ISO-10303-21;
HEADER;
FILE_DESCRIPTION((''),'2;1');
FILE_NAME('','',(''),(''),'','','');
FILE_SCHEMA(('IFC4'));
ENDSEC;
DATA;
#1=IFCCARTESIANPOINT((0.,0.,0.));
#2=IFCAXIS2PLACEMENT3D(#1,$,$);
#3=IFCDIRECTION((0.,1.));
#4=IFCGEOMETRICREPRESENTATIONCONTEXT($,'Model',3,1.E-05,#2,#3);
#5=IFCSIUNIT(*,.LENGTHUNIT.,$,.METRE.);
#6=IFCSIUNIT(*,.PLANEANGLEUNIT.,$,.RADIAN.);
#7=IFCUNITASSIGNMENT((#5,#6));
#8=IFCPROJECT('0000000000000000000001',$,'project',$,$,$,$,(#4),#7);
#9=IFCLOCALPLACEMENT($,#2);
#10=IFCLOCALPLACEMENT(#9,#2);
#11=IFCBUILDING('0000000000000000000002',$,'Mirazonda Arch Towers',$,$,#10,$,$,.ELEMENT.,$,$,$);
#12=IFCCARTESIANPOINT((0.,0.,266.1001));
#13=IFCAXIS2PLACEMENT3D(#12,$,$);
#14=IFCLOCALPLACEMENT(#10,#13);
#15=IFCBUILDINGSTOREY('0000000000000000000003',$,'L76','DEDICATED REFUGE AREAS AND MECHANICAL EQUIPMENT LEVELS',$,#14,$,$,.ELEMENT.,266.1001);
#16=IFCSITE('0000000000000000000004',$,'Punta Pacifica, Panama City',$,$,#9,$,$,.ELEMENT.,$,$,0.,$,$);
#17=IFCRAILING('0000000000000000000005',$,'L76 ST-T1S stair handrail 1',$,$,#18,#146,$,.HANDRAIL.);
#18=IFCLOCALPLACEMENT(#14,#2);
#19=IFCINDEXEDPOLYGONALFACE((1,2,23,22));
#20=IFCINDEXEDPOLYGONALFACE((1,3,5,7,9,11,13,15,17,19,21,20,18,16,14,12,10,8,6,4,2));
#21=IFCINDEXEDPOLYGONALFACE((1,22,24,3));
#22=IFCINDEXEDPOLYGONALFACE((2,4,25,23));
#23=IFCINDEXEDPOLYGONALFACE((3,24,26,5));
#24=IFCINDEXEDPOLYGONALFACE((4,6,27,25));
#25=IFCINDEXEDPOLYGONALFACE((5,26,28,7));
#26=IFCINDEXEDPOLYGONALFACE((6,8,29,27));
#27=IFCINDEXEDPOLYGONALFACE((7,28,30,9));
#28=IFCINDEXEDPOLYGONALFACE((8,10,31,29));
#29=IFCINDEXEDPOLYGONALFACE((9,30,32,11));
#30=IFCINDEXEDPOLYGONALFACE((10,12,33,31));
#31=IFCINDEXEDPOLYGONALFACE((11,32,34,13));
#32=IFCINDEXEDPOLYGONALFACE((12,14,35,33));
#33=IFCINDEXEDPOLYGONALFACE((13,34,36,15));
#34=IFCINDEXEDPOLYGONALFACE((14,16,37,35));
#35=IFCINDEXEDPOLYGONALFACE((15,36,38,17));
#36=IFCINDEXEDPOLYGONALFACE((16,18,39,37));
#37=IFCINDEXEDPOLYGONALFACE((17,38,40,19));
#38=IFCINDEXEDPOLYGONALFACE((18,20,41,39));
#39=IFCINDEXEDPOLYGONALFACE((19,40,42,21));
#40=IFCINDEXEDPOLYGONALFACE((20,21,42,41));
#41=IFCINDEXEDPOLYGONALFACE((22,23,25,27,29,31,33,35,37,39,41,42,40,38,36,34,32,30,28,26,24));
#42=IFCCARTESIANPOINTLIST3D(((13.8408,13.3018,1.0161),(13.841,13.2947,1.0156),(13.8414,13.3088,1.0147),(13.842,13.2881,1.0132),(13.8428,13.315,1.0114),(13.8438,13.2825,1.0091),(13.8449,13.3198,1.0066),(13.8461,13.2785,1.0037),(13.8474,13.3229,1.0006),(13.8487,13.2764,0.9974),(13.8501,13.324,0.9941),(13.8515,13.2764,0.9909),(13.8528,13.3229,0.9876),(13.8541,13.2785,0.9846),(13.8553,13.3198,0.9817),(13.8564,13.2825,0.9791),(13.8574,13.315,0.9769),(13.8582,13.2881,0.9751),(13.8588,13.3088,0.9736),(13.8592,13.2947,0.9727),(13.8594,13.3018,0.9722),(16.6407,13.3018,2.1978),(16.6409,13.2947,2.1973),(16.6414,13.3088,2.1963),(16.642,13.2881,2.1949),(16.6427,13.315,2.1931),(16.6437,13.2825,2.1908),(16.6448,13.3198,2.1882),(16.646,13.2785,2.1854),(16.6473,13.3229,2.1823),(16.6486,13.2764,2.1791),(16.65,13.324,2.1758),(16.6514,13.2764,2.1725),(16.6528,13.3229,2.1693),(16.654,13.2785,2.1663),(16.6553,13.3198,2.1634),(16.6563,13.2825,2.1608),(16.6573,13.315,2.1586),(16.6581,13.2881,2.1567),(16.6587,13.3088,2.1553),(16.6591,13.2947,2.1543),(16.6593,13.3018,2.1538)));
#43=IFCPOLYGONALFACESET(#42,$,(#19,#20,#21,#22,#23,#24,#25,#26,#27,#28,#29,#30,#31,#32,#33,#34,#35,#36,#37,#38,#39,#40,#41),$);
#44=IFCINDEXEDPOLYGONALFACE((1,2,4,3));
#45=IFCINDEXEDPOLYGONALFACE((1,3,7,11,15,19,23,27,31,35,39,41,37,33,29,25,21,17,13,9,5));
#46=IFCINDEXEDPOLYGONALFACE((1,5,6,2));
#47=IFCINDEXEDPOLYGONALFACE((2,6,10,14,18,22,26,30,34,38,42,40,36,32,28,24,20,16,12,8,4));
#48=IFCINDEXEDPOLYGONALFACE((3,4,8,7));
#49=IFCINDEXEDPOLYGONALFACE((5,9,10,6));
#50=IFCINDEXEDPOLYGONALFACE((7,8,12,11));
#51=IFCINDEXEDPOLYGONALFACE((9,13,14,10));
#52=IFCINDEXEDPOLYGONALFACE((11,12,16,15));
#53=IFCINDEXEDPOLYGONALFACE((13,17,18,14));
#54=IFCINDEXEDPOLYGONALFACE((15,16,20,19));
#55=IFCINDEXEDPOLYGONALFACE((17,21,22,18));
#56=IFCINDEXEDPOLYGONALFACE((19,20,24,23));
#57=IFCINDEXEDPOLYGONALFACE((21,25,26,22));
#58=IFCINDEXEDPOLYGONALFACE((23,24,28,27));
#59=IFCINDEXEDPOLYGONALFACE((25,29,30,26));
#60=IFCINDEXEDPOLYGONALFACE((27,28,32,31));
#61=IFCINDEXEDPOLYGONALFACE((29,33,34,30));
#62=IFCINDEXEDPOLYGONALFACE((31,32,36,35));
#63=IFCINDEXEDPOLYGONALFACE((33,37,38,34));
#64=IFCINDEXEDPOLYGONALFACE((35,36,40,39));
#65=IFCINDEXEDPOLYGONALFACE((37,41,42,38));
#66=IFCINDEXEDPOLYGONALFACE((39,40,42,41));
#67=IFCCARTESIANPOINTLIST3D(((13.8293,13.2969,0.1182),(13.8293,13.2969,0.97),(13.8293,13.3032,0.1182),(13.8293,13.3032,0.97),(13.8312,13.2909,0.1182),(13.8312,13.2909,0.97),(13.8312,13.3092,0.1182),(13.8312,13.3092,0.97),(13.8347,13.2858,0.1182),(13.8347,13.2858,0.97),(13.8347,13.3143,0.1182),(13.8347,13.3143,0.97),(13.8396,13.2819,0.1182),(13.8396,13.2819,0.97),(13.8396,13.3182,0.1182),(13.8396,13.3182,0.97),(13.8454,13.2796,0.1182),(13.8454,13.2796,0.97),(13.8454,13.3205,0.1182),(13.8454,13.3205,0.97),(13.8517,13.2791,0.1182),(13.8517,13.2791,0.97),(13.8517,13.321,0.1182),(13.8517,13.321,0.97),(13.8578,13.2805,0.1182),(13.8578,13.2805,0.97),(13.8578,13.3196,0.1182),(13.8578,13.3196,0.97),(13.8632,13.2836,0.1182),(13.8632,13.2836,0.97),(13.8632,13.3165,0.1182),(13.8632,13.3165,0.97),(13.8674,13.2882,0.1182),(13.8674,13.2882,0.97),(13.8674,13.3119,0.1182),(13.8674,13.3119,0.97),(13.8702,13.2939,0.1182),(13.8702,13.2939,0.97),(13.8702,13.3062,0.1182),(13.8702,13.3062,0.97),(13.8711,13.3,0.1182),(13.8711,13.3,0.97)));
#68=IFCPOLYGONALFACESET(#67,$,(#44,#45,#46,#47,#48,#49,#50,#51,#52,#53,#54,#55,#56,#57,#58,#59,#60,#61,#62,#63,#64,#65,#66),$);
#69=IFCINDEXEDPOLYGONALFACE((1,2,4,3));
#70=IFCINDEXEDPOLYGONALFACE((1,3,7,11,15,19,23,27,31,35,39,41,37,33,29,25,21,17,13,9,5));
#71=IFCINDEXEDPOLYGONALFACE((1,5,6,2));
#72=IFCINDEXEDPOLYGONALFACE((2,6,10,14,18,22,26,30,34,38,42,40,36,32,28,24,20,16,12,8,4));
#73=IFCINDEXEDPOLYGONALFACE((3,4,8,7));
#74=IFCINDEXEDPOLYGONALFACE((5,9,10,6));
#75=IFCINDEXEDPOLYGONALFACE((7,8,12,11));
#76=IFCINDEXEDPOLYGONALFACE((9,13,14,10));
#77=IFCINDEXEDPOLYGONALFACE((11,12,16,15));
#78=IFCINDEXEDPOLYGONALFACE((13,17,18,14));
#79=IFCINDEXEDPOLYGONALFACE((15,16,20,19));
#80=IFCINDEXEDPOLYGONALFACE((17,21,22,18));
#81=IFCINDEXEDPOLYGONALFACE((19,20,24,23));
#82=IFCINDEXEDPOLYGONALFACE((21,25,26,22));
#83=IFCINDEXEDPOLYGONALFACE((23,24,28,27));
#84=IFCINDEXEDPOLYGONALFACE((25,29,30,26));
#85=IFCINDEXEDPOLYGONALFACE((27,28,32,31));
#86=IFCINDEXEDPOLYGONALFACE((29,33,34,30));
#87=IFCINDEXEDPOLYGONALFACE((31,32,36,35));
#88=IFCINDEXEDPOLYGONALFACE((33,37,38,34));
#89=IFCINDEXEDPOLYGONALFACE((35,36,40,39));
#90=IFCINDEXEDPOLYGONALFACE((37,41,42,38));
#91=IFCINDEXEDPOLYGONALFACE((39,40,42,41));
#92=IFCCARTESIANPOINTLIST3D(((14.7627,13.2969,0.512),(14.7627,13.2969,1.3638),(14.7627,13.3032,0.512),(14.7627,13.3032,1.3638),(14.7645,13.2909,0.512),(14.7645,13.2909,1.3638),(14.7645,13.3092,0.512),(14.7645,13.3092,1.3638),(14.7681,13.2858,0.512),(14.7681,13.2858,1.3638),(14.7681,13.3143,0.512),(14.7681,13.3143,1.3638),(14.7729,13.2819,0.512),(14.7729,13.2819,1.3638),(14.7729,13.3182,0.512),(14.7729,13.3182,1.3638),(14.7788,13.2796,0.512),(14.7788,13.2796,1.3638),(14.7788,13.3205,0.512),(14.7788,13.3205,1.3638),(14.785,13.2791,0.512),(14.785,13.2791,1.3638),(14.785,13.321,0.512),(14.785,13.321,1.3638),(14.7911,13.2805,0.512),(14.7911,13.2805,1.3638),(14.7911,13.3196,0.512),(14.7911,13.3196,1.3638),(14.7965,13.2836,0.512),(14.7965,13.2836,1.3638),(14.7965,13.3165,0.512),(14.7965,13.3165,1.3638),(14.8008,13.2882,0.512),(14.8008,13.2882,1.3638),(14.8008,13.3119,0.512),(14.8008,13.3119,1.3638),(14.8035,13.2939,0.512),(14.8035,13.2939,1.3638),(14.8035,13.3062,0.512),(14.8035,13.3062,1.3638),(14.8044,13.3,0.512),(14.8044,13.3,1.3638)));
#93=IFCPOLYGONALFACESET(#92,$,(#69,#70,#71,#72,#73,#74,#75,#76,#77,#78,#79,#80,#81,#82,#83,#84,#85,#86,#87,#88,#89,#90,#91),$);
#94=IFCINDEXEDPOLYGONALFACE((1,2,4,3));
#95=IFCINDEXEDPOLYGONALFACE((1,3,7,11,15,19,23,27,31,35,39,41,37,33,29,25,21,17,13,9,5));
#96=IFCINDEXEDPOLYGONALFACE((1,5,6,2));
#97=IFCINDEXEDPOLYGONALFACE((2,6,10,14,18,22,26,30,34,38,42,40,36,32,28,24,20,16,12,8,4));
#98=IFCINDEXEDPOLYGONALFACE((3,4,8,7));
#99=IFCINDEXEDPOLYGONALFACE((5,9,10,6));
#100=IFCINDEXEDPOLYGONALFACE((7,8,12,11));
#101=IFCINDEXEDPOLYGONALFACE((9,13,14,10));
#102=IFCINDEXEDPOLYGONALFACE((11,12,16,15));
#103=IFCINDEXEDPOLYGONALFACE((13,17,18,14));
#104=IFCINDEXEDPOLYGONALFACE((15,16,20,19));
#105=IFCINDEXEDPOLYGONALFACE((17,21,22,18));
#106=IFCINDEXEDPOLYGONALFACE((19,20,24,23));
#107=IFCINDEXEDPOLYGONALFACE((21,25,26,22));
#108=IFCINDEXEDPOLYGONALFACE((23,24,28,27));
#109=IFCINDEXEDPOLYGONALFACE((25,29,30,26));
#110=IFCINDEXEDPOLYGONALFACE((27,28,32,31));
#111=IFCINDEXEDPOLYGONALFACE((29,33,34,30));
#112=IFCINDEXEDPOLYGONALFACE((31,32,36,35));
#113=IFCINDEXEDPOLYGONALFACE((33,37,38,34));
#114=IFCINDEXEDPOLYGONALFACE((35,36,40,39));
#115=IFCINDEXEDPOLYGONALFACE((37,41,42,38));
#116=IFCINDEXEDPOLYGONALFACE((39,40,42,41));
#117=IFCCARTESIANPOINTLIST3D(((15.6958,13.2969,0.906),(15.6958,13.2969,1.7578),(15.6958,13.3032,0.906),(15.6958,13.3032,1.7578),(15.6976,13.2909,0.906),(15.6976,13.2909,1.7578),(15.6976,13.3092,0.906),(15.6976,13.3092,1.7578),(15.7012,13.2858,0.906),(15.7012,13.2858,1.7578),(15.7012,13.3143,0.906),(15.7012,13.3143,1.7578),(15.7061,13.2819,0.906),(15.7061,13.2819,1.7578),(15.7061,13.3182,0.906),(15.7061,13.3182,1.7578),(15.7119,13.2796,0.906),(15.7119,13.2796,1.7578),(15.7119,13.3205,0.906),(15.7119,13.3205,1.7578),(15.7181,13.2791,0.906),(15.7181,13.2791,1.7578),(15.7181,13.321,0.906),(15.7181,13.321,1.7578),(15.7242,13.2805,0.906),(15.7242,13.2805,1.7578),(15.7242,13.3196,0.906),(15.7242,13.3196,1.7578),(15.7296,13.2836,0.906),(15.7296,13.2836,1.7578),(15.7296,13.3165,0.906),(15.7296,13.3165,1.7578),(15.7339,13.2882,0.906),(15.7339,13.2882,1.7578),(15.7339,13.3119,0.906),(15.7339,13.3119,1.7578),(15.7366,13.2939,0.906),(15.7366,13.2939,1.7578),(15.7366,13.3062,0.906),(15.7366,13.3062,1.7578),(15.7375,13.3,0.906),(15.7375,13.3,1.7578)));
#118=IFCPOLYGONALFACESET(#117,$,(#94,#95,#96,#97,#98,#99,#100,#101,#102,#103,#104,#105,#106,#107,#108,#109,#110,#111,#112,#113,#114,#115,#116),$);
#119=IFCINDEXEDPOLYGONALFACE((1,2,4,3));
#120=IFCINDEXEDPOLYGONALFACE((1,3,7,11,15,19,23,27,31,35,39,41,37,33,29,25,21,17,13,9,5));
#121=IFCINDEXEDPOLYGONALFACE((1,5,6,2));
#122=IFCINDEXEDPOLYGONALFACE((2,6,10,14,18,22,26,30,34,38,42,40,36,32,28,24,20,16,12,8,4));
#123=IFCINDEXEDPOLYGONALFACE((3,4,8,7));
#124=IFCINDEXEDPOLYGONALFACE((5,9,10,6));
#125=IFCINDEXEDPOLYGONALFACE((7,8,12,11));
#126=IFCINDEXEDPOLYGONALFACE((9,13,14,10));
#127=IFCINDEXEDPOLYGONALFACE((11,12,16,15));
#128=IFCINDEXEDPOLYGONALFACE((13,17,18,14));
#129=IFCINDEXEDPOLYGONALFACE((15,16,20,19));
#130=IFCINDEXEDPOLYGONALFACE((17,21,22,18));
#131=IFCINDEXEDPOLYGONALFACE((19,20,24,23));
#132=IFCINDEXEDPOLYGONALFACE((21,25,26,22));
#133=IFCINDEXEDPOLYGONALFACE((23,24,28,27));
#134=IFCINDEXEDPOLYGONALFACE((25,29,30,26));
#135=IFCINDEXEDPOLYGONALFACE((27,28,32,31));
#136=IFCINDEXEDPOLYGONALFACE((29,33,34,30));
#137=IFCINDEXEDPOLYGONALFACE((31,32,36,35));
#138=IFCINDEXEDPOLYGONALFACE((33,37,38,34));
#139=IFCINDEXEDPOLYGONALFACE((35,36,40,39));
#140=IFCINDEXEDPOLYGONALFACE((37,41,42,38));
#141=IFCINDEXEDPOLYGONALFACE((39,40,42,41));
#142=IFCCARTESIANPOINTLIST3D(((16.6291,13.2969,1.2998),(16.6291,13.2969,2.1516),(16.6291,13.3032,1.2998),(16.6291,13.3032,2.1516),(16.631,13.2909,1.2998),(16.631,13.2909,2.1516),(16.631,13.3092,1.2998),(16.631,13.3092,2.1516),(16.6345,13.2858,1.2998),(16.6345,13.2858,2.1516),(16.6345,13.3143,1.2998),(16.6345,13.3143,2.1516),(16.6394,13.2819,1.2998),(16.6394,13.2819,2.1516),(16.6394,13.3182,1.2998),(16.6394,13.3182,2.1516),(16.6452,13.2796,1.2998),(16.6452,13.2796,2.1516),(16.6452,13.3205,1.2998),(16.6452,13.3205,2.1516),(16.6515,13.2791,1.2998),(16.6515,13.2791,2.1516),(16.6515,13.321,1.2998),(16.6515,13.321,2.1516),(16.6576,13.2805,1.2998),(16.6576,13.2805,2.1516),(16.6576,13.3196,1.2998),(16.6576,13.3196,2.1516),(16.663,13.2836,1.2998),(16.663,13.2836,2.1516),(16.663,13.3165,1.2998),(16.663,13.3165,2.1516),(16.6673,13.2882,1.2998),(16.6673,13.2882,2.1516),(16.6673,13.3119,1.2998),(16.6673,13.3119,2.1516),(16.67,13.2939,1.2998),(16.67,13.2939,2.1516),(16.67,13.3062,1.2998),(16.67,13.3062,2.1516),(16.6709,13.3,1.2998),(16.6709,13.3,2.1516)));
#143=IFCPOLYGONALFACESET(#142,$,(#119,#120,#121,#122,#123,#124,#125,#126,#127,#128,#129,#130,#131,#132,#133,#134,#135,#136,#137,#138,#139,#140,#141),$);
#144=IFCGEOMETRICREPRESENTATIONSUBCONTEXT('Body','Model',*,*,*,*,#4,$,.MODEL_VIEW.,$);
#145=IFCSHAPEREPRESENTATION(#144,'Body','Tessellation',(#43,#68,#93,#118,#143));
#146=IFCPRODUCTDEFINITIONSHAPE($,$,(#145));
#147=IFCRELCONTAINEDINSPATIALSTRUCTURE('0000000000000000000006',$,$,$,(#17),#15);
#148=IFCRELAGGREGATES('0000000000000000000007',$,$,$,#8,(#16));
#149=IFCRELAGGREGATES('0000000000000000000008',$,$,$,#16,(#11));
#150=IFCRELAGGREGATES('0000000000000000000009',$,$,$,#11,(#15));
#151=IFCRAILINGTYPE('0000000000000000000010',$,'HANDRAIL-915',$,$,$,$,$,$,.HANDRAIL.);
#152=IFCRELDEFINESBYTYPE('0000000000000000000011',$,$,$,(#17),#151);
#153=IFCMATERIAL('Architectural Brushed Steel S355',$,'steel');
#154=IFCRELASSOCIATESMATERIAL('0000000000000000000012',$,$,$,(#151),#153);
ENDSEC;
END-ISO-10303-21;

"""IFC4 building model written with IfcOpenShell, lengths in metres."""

from ifc_helpers import new_model, si_unit, direction, frame, origin, origin_2d, place, context, subcontext, project, spatial, circle, extrude, material, type_object, element, save


model = new_model("IFC4")

# Units and contexts
model_context = context("Model", 3, precision=1e-05, world=origin(), true_north=direction((0.0, 1.0)))
body_context = subcontext(model_context, "Body", "Model", "MODEL_VIEW")
ifc_project = project(units=[si_unit("LENGTHUNIT", "METRE"), si_unit("PLANEANGLEUNIT", "RADIAN")], contexts=[model_context])

# Site, building, storey
site_placement = place(None, origin())
site = spatial("IfcSite", under=ifc_project, at=site_placement, Name="Punta Pacifica, Panama City", CompositionType="ELEMENT", RefElevation=0.0)
building_placement = place(site_placement, origin())
building = spatial("IfcBuilding", under=site, at=building_placement, Name="Mirazonda Arch Towers", CompositionType="ELEMENT")
storey_placement = place(building_placement, frame((0.0, 0.0, 266.1001)))
storey = spatial("IfcBuildingStorey", under=building, at=storey_placement, Name="L76", Description="DEDICATED REFUGE AREAS AND MECHANICAL EQUIPMENT LEVELS", CompositionType="ELEMENT", Elevation=266.1001)

# Railing
ifc_material_1 = material(Name="Architectural Brushed Steel S355", Category="steel")
railing_type_1 = type_object("IfcRailingType", Name="HANDRAIL-915", PredefinedType="HANDRAIL", material=ifc_material_1)
railing_1_placement = place(storey_placement, frame((13.8501, 13.3, 0.1182)))
element("IfcRailing", 1, at=railing_1_placement, inside=storey, type_object=railing_type_1, Name="L76 ST-T1S stair handrail 1", PredefinedType="HANDRAIL", context=body_context, shape_type="SweptSolid", body=[
    extrude(circle(Radius=0.0239, at=origin_2d()), frame((0.0, 0.0, 0.876), z_axis=(0.921308, 0.0, 0.388833), x_axis=(0.0, 1.0, 0.0)), (0.0, 0.0, 1.0), 3.0391),
    extrude(circle(Radius=0.021, at=origin_2d()), origin(), (0.0, 0.0, 1.0), 0.8518),
    extrude(circle(Radius=0.021, at=origin_2d()), frame((0.9333, 0.0, 0.3938)), (0.0, 0.0, 1.0), 0.8518),
    extrude(circle(Radius=0.021, at=origin_2d()), frame((1.8665, 0.0, 0.7878)), (0.0, 0.0, 1.0), 0.8518),
    extrude(circle(Radius=0.021, at=origin_2d()), frame((2.7998, 0.0, 1.1816)), (0.0, 0.0, 1.0), 0.8518),
])

save(model, "model.ifc")
